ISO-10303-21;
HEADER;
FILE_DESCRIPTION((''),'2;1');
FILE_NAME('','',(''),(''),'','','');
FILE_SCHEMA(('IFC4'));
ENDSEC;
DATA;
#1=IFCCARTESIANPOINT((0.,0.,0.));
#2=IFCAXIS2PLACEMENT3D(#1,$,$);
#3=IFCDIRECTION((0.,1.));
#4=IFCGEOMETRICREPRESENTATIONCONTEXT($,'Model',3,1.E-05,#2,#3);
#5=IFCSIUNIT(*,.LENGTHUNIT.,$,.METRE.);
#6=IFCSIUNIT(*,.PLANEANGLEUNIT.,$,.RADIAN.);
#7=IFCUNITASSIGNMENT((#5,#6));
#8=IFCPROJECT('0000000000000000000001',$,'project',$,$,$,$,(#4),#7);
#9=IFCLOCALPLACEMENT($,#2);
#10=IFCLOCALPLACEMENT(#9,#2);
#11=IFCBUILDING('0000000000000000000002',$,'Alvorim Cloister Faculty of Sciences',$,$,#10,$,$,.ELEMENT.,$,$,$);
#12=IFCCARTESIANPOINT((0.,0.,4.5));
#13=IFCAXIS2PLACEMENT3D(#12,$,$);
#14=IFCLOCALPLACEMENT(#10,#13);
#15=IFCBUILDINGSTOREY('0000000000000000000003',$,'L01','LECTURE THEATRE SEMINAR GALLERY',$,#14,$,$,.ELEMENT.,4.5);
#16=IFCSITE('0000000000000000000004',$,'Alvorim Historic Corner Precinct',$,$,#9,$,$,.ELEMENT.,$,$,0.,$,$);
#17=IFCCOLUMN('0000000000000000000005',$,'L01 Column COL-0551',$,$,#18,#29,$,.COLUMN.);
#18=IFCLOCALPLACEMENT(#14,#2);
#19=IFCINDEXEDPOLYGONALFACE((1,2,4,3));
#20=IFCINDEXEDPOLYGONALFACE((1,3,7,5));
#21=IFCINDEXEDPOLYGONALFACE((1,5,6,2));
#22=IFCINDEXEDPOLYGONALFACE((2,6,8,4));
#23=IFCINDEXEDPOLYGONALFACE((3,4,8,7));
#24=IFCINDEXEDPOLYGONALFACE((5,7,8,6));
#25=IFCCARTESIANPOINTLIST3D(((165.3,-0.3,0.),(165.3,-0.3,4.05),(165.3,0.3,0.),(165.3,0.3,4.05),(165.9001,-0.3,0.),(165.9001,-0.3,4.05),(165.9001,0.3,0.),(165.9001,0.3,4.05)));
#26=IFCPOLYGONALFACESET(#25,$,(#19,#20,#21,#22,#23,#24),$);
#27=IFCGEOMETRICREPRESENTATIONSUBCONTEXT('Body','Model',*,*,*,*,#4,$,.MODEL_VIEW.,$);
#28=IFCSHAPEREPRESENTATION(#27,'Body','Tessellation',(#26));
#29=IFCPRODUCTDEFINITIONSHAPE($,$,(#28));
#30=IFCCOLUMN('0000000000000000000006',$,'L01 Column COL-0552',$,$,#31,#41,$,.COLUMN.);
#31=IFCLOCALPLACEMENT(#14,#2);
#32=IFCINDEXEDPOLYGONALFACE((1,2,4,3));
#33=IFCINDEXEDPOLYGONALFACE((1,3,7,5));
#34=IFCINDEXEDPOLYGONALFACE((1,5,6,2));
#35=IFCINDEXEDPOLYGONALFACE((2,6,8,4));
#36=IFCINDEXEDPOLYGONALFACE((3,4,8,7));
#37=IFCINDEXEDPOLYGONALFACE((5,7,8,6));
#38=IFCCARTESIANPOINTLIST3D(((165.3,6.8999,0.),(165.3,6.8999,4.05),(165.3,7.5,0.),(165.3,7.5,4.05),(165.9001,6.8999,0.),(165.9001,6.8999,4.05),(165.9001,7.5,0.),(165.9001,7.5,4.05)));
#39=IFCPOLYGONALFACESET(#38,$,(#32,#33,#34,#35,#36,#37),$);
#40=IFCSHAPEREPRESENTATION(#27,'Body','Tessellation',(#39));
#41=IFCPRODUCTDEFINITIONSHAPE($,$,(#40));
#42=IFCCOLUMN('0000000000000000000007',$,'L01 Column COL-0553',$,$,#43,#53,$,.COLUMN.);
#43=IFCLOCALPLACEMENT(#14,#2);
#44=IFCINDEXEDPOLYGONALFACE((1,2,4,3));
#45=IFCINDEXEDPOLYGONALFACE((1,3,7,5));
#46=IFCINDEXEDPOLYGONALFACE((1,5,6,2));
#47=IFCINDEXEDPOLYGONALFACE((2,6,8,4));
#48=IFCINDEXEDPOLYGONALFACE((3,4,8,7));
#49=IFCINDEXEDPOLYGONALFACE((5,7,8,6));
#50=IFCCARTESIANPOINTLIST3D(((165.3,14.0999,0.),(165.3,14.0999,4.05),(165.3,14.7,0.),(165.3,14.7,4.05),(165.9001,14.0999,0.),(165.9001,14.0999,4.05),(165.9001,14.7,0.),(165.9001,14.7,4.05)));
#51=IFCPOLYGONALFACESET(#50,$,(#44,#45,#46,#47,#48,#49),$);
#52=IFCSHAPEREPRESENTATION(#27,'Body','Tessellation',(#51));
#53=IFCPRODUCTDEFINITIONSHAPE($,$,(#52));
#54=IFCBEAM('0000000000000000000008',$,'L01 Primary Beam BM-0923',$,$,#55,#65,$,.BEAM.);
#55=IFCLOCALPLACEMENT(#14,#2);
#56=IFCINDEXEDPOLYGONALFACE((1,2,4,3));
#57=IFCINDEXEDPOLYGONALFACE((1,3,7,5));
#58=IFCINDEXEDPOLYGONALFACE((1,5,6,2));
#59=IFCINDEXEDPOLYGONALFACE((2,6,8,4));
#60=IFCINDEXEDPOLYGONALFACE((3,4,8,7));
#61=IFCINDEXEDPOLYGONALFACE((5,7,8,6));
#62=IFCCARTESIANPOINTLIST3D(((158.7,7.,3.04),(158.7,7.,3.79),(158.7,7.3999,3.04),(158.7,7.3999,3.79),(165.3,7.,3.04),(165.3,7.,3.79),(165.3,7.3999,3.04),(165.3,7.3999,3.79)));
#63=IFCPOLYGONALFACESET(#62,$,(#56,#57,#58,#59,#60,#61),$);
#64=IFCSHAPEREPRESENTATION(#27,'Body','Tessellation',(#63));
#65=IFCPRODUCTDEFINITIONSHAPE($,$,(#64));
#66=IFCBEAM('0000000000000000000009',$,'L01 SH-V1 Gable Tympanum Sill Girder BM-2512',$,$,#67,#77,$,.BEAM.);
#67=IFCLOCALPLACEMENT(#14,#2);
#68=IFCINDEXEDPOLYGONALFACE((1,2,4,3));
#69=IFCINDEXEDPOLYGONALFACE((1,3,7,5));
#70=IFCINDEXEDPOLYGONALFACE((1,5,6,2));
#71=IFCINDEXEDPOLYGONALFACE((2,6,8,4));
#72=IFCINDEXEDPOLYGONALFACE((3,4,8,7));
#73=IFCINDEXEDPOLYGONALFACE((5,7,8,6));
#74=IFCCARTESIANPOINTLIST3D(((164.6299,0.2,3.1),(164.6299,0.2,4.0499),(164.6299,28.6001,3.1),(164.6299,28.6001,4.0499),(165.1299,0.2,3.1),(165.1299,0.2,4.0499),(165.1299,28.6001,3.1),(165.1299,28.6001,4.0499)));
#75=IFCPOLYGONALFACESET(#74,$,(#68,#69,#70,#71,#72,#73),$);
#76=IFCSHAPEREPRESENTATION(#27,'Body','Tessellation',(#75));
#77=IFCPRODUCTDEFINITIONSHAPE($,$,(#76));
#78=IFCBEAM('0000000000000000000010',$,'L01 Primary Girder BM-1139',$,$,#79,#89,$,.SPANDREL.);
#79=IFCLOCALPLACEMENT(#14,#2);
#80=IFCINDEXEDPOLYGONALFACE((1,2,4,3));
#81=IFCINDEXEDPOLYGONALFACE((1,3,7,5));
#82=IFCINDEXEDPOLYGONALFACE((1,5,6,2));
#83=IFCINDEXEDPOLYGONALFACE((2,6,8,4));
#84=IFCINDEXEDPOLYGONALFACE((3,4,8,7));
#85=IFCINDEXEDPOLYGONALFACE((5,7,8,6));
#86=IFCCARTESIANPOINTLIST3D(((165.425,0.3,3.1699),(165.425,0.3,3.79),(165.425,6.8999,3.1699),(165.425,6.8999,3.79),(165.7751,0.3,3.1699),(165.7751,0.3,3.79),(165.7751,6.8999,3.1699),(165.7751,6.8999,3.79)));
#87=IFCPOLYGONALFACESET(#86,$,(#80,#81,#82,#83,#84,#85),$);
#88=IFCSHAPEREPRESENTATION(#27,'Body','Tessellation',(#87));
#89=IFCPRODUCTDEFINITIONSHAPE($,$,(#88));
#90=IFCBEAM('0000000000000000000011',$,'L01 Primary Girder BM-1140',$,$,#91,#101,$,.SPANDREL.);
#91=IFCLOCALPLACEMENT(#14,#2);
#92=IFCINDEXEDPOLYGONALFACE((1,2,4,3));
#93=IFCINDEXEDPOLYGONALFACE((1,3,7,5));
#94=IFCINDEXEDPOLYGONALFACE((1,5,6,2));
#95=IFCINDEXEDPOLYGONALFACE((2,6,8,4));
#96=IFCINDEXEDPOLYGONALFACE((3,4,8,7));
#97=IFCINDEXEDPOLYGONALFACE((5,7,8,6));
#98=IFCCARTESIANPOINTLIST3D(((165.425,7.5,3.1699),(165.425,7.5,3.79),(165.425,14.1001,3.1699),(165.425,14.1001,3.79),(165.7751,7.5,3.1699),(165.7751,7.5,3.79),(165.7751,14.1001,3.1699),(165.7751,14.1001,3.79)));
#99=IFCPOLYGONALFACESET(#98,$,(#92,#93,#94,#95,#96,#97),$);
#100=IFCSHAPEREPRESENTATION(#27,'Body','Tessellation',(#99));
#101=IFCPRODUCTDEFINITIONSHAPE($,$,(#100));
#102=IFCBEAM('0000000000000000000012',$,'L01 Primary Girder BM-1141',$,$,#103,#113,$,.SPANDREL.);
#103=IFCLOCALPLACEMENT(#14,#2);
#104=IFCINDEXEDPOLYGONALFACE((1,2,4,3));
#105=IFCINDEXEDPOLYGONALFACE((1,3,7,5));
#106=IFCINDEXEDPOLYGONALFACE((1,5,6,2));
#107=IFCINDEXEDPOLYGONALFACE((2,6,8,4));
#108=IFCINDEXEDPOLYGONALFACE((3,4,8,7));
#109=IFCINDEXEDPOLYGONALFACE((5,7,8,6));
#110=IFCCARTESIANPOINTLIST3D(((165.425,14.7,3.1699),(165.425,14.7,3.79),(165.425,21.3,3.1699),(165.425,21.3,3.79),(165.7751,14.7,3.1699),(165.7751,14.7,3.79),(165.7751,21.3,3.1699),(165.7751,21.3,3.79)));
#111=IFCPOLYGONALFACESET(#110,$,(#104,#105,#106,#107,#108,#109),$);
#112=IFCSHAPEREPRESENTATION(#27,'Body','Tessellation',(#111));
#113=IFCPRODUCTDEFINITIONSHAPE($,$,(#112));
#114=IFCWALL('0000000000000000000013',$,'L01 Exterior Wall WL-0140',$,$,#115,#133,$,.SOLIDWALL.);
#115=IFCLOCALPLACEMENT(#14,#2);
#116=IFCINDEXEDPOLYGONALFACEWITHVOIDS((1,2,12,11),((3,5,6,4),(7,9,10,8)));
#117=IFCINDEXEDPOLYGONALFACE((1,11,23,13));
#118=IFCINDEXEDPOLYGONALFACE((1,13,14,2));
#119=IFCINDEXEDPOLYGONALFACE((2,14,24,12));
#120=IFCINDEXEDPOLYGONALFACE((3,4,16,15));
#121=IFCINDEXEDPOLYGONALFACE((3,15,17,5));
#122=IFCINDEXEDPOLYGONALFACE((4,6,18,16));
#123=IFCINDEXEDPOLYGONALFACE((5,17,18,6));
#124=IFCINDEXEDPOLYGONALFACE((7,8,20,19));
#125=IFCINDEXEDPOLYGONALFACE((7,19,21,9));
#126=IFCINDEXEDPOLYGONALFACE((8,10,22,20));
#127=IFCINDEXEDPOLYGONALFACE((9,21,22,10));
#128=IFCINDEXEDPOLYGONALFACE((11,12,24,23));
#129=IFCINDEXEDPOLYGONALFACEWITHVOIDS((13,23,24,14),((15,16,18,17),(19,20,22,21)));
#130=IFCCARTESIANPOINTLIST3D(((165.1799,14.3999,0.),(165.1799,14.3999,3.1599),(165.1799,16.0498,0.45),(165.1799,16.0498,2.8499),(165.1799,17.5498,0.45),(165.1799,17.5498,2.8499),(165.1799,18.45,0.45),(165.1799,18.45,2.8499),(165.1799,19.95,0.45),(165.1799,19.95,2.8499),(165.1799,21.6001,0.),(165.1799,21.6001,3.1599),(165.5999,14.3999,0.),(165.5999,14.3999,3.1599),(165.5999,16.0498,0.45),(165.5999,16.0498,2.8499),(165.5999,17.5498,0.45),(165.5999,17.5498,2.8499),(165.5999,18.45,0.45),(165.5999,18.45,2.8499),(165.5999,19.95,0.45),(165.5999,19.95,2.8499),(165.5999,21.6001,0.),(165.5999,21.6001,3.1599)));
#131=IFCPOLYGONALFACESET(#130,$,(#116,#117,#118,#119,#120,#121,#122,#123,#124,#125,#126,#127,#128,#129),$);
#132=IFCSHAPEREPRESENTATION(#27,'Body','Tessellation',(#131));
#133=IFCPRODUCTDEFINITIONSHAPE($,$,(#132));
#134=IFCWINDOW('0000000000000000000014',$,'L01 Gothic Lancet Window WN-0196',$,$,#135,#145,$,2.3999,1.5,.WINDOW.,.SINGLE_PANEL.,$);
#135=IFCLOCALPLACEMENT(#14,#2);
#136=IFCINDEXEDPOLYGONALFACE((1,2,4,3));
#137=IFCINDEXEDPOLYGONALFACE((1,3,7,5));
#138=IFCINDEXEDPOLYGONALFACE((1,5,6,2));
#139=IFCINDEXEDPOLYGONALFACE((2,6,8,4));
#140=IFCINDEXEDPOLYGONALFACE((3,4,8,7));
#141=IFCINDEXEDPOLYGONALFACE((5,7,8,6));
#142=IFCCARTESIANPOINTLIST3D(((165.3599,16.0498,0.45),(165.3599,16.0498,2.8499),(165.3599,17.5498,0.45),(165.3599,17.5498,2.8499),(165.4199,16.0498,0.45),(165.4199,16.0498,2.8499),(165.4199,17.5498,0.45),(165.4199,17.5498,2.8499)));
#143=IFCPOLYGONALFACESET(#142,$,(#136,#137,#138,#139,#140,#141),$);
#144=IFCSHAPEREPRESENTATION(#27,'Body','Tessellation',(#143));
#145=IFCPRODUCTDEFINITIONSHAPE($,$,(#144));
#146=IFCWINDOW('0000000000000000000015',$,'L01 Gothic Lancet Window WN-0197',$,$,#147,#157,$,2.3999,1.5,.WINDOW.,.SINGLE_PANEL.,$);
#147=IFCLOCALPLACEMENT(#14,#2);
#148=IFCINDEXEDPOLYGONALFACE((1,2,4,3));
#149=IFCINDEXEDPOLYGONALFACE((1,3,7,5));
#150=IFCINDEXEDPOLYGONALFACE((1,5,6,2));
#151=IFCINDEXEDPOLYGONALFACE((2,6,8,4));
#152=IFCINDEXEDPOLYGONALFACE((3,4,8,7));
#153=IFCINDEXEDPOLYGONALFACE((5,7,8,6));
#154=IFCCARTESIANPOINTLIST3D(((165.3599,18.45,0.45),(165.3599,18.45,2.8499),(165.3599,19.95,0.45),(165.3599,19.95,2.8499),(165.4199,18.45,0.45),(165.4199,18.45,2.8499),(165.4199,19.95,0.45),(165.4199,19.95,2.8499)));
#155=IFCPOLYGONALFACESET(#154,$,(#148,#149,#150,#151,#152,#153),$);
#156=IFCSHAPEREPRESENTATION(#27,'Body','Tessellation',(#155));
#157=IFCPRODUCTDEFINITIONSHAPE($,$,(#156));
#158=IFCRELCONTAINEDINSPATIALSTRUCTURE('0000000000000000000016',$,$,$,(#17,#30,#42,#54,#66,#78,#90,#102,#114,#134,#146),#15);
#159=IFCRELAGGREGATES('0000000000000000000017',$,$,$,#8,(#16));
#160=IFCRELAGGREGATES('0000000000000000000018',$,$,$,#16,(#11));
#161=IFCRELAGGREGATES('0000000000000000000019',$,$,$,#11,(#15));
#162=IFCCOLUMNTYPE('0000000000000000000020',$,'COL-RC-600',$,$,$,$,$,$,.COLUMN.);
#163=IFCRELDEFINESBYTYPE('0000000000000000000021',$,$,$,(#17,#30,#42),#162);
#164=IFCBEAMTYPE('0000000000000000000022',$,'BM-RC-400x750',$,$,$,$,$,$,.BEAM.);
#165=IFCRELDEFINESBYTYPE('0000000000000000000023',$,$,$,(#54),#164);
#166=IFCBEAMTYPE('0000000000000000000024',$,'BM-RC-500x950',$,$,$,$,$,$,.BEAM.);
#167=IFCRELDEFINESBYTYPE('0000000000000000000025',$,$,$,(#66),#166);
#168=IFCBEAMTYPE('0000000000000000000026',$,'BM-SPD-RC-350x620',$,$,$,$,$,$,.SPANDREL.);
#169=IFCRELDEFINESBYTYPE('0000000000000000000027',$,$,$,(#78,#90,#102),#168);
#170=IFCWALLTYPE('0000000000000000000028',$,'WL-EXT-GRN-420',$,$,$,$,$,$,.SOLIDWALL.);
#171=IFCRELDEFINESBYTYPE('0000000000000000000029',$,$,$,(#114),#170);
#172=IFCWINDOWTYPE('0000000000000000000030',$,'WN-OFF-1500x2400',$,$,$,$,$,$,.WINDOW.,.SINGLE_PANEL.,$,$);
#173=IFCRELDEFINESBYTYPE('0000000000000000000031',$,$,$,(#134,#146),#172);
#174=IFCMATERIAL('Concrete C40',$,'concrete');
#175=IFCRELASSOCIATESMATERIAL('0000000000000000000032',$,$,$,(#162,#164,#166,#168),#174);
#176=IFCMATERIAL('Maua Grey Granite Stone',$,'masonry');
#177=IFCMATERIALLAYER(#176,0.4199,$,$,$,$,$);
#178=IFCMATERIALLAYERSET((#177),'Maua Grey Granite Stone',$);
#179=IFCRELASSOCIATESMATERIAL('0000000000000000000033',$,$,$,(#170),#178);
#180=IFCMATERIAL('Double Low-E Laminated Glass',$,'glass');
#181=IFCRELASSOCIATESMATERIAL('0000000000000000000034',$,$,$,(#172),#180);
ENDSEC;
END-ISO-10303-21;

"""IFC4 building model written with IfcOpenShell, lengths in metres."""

from ifc_helpers import new_model, si_unit, direction, frame, frame_2d, origin, origin_2d, place, context, subcontext, project, spatial, rectangle, extrude, material, layer, layer_set, material_profile, profile_set, type_object, element, fill, save


model = new_model("IFC4")

# Units and contexts
model_context = context("Model", 3, precision=1e-05, world=origin(), true_north=direction((0.0, 1.0)))
body_context = subcontext(model_context, "Body", "Model", "MODEL_VIEW")
ifc_project = project(units=[si_unit("LENGTHUNIT", "METRE"), si_unit("PLANEANGLEUNIT", "RADIAN")], contexts=[model_context])

# Site, building, storey
site_placement = place(None, origin())
site = spatial("IfcSite", under=ifc_project, at=site_placement, Name="Alvorim Historic Corner Precinct", CompositionType="ELEMENT", RefElevation=0.0)
building_placement = place(site_placement, origin())
building = spatial("IfcBuilding", under=site, at=building_placement, Name="Alvorim Cloister Faculty of Sciences", CompositionType="ELEMENT")
storey_placement = place(building_placement, frame((0.0, 0.0, 4.5)))
storey = spatial("IfcBuildingStorey", under=building, at=storey_placement, Name="L01", Description="LECTURE THEATRE SEMINAR GALLERY", CompositionType="ELEMENT", Elevation=4.5)

# Columns
ifc_material_1 = material(Name="Concrete C40", Category="concrete")
ifc_material_profile_1 = material_profile(ifc_material_1, rectangle(XDim=0.6001, YDim=0.6001, at=origin_2d()), Name="RC40-COL-600x600")
ifc_profile_set_1 = profile_set([ifc_material_profile_1], Name="Concrete C40")
column_type = type_object("IfcColumnType", Name="COL-RC-600", PredefinedType="COLUMN", material=ifc_profile_set_1)
for number, where, z_axis, x_axis, name in (
    (1, (165.6001, 0.0, 0.0), (0.0, 0.0, 1.0), (1.0, 0.0, 0.0), "L01 Column COL-0551"),
    (2, (165.6001, 7.2, 0.0), (0.0, 0.0, 1.0), (1.0, 0.0, 0.0), "L01 Column COL-0552"),
    (3, (165.6001, 14.3999, 0.0), (0.0, 0.0, 1.0), (1.0, 0.0, 0.0), "L01 Column COL-0553"),
):
    element("IfcColumn", number, at=place(storey_placement, frame(where, z_axis=z_axis, x_axis=x_axis)), inside=storey, type_object=column_type, Name=name, PredefinedType="COLUMN", context=body_context, shape_type="SweptSolid", body=[
        extrude(rectangle(XDim=0.6001, YDim=0.6001, at=origin_2d()), origin(), (0.0, 0.0, 1.0), 4.05),
    ])

# Beams
ifc_material_profile_2 = material_profile(ifc_material_1, rectangle(XDim=0.3999, YDim=0.75, at=origin_2d()), Name="RC40-BM-400x750")
ifc_profile_set_2 = profile_set([ifc_material_profile_2], Name="Concrete C40")
beam_type_1 = type_object("IfcBeamType", Name="BM-RC-400x750", PredefinedType="BEAM", material=ifc_profile_set_2)
beam_1_placement = place(storey_placement, frame((158.7, 7.2, 3.415), z_axis=(1.0, 0.0, 0.0), x_axis=(0.0, 1.0, 0.0)))
element("IfcBeam", 4, at=beam_1_placement, inside=storey, type_object=beam_type_1, Name="L01 Primary Beam BM-0923", PredefinedType="BEAM", context=body_context, shape_type="SweptSolid", body=[
    extrude(rectangle(XDim=0.3999, YDim=0.75, at=origin_2d()), origin(), (0.0, 0.0, 1.0), 6.6001),
])
ifc_material_profile_3 = material_profile(ifc_material_1, rectangle(XDim=0.5, YDim=0.95, at=origin_2d()), Name="RC40-BM-500x950")
ifc_profile_set_3 = profile_set([ifc_material_profile_3], Name="Concrete C40")
beam_type_2 = type_object("IfcBeamType", Name="BM-RC-500x950", PredefinedType="BEAM", material=ifc_profile_set_3)
beam_2_placement = place(storey_placement, frame((164.8799, 0.2, 3.575), z_axis=(0.0, 1.0, 0.0), x_axis=(-1.0, 0.0, 0.0)))
element("IfcBeam", 5, at=beam_2_placement, inside=storey, type_object=beam_type_2, Name="L01 SH-V1 Gable Tympanum Sill Girder BM-2512", PredefinedType="BEAM", context=body_context, shape_type="SweptSolid", body=[
    extrude(rectangle(XDim=0.5, YDim=0.95, at=origin_2d()), origin(), (0.0, 0.0, 1.0), 28.4001),
])
ifc_material_profile_4 = material_profile(ifc_material_1, rectangle(XDim=0.3501, YDim=0.6201, at=origin_2d()), Name="RC40-SPD-350x620")
ifc_profile_set_4 = profile_set([ifc_material_profile_4], Name="Concrete C40")
beam_type_3 = type_object("IfcBeamType", Name="BM-SPD-RC-350x620", PredefinedType="SPANDREL", material=ifc_profile_set_4)
beam_3_placement = place(storey_placement, frame((165.6001, 0.3, 3.48), z_axis=(0.0, 1.0, 0.0), x_axis=(-1.0, 0.0, 0.0)))
element("IfcBeam", 6, at=beam_3_placement, inside=storey, type_object=beam_type_3, Name="L01 Primary Girder BM-1139", PredefinedType="SPANDREL", context=body_context, shape_type="SweptSolid", body=[
    extrude(rectangle(XDim=0.3501, YDim=0.6201, at=origin_2d()), origin(), (0.0, 0.0, 1.0), 6.5999),
])
for number, where, z_axis, x_axis, name in (
    (7, (165.6001, 7.5, 3.48), (0.0, 1.0, 0.0), (-1.0, 0.0, 0.0), "L01 Primary Girder BM-1140"),
    (8, (165.6001, 14.7, 3.48), (0.0, 1.0, 0.0), (-1.0, 0.0, 0.0), "L01 Primary Girder BM-1141"),
):
    element("IfcBeam", number, at=place(storey_placement, frame(where, z_axis=z_axis, x_axis=x_axis)), inside=storey, type_object=beam_type_3, Name=name, PredefinedType="SPANDREL", context=body_context, shape_type="SweptSolid", body=[
        extrude(rectangle(XDim=0.3501, YDim=0.6201, at=origin_2d()), origin(), (0.0, 0.0, 1.0), 6.6001),
    ])

# Wall, openings, windows
ifc_material_2 = material(Name="Maua Grey Granite Stone", Category="masonry")
ifc_layer_1 = layer(ifc_material_2, 0.4199)
ifc_layer_set_1 = layer_set([ifc_layer_1], Name="Maua Grey Granite Stone")
wall_type_1 = type_object("IfcWallType", Name="WL-EXT-GRN-420", PredefinedType="SOLIDWALL", material=ifc_layer_set_1)
wall_1_placement = place(storey_placement, frame((165.3899, 14.3999, 0.0), z_axis=(0.0, 0.0, 1.0), x_axis=(0.0, 1.0, 0.0)))
wall_1 = element("IfcWall", 9, at=wall_1_placement, inside=storey, type_object=wall_type_1, Name="L01 Exterior Wall WL-0140", PredefinedType="SOLIDWALL", context=body_context, shape_type="SweptSolid", body=[
    extrude(rectangle(XDim=7.2002, YDim=0.4199, at=frame_2d((3.6001, 0.0))), origin(), (0.0, 0.0, 1.0), 3.1599),
])
opening_1_placement = place(wall_1_placement, frame((1.6499, 0.0, 0.45)))
opening_1 = element("IfcOpeningElement", 10, at=opening_1_placement, cuts=wall_1, PredefinedType="OPENING", context=body_context, shape_type="SweptSolid", body=[
    extrude(rectangle(XDim=1.5, YDim=2.3999, at=frame_2d((0.75, 1.2))), frame((0.0, 0.2219, 0.0), z_axis=(0.0, -1.0, 0.0), x_axis=(1.0, 0.0, 0.0)), (0.0, 0.0, 1.0), 0.4438),
])
opening_2_placement = place(wall_1_placement, frame((4.05, 0.0, 0.45)))
opening_2 = element("IfcOpeningElement", 11, at=opening_2_placement, cuts=wall_1, PredefinedType="OPENING", context=body_context, shape_type="SweptSolid", body=[
    extrude(rectangle(XDim=1.5, YDim=2.3999, at=frame_2d((0.75, 1.2))), frame((0.0, 0.2219, 0.0), z_axis=(0.0, -1.0, 0.0), x_axis=(1.0, 0.0, 0.0)), (0.0, 0.0, 1.0), 0.4438),
])
ifc_material_3 = material(Name="Double Low-E Laminated Glass", Category="glass")
window_type_1 = type_object("IfcWindowType", Name="WN-OFF-1500x2400", PartitioningType="SINGLE_PANEL", PredefinedType="WINDOW", material=ifc_material_3)
window_1_placement = place(opening_1_placement, origin())
window_1 = element("IfcWindow", 12, at=window_1_placement, inside=storey, type_object=window_type_1, Name="L01 Gothic Lancet Window WN-0196", OverallHeight=2.3999, OverallWidth=1.5, PartitioningType="SINGLE_PANEL", PredefinedType="WINDOW", context=body_context, shape_type="SweptSolid", body=[
    extrude(rectangle(XDim=1.5, YDim=2.3999, at=frame_2d((0.75, 1.2))), frame((0.0, 0.03, 0.0), z_axis=(0.0, -1.0, 0.0), x_axis=(1.0, 0.0, 0.0)), (0.0, 0.0, 1.0), 0.0601),
])
fill(opening_1, window_1)
window_2_placement = place(opening_2_placement, origin())
window_2 = element("IfcWindow", 13, at=window_2_placement, inside=storey, type_object=window_type_1, Name="L01 Gothic Lancet Window WN-0197", OverallHeight=2.3999, OverallWidth=1.5, PartitioningType="SINGLE_PANEL", PredefinedType="WINDOW", context=body_context, shape_type="SweptSolid", body=[
    extrude(rectangle(XDim=1.5, YDim=2.3999, at=frame_2d((0.75, 1.2))), frame((0.0, 0.03, 0.0), z_axis=(0.0, -1.0, 0.0), x_axis=(1.0, 0.0, 0.0)), (0.0, 0.0, 1.0), 0.0601),
])
fill(opening_2, window_2)

save(model, "model.ifc")
